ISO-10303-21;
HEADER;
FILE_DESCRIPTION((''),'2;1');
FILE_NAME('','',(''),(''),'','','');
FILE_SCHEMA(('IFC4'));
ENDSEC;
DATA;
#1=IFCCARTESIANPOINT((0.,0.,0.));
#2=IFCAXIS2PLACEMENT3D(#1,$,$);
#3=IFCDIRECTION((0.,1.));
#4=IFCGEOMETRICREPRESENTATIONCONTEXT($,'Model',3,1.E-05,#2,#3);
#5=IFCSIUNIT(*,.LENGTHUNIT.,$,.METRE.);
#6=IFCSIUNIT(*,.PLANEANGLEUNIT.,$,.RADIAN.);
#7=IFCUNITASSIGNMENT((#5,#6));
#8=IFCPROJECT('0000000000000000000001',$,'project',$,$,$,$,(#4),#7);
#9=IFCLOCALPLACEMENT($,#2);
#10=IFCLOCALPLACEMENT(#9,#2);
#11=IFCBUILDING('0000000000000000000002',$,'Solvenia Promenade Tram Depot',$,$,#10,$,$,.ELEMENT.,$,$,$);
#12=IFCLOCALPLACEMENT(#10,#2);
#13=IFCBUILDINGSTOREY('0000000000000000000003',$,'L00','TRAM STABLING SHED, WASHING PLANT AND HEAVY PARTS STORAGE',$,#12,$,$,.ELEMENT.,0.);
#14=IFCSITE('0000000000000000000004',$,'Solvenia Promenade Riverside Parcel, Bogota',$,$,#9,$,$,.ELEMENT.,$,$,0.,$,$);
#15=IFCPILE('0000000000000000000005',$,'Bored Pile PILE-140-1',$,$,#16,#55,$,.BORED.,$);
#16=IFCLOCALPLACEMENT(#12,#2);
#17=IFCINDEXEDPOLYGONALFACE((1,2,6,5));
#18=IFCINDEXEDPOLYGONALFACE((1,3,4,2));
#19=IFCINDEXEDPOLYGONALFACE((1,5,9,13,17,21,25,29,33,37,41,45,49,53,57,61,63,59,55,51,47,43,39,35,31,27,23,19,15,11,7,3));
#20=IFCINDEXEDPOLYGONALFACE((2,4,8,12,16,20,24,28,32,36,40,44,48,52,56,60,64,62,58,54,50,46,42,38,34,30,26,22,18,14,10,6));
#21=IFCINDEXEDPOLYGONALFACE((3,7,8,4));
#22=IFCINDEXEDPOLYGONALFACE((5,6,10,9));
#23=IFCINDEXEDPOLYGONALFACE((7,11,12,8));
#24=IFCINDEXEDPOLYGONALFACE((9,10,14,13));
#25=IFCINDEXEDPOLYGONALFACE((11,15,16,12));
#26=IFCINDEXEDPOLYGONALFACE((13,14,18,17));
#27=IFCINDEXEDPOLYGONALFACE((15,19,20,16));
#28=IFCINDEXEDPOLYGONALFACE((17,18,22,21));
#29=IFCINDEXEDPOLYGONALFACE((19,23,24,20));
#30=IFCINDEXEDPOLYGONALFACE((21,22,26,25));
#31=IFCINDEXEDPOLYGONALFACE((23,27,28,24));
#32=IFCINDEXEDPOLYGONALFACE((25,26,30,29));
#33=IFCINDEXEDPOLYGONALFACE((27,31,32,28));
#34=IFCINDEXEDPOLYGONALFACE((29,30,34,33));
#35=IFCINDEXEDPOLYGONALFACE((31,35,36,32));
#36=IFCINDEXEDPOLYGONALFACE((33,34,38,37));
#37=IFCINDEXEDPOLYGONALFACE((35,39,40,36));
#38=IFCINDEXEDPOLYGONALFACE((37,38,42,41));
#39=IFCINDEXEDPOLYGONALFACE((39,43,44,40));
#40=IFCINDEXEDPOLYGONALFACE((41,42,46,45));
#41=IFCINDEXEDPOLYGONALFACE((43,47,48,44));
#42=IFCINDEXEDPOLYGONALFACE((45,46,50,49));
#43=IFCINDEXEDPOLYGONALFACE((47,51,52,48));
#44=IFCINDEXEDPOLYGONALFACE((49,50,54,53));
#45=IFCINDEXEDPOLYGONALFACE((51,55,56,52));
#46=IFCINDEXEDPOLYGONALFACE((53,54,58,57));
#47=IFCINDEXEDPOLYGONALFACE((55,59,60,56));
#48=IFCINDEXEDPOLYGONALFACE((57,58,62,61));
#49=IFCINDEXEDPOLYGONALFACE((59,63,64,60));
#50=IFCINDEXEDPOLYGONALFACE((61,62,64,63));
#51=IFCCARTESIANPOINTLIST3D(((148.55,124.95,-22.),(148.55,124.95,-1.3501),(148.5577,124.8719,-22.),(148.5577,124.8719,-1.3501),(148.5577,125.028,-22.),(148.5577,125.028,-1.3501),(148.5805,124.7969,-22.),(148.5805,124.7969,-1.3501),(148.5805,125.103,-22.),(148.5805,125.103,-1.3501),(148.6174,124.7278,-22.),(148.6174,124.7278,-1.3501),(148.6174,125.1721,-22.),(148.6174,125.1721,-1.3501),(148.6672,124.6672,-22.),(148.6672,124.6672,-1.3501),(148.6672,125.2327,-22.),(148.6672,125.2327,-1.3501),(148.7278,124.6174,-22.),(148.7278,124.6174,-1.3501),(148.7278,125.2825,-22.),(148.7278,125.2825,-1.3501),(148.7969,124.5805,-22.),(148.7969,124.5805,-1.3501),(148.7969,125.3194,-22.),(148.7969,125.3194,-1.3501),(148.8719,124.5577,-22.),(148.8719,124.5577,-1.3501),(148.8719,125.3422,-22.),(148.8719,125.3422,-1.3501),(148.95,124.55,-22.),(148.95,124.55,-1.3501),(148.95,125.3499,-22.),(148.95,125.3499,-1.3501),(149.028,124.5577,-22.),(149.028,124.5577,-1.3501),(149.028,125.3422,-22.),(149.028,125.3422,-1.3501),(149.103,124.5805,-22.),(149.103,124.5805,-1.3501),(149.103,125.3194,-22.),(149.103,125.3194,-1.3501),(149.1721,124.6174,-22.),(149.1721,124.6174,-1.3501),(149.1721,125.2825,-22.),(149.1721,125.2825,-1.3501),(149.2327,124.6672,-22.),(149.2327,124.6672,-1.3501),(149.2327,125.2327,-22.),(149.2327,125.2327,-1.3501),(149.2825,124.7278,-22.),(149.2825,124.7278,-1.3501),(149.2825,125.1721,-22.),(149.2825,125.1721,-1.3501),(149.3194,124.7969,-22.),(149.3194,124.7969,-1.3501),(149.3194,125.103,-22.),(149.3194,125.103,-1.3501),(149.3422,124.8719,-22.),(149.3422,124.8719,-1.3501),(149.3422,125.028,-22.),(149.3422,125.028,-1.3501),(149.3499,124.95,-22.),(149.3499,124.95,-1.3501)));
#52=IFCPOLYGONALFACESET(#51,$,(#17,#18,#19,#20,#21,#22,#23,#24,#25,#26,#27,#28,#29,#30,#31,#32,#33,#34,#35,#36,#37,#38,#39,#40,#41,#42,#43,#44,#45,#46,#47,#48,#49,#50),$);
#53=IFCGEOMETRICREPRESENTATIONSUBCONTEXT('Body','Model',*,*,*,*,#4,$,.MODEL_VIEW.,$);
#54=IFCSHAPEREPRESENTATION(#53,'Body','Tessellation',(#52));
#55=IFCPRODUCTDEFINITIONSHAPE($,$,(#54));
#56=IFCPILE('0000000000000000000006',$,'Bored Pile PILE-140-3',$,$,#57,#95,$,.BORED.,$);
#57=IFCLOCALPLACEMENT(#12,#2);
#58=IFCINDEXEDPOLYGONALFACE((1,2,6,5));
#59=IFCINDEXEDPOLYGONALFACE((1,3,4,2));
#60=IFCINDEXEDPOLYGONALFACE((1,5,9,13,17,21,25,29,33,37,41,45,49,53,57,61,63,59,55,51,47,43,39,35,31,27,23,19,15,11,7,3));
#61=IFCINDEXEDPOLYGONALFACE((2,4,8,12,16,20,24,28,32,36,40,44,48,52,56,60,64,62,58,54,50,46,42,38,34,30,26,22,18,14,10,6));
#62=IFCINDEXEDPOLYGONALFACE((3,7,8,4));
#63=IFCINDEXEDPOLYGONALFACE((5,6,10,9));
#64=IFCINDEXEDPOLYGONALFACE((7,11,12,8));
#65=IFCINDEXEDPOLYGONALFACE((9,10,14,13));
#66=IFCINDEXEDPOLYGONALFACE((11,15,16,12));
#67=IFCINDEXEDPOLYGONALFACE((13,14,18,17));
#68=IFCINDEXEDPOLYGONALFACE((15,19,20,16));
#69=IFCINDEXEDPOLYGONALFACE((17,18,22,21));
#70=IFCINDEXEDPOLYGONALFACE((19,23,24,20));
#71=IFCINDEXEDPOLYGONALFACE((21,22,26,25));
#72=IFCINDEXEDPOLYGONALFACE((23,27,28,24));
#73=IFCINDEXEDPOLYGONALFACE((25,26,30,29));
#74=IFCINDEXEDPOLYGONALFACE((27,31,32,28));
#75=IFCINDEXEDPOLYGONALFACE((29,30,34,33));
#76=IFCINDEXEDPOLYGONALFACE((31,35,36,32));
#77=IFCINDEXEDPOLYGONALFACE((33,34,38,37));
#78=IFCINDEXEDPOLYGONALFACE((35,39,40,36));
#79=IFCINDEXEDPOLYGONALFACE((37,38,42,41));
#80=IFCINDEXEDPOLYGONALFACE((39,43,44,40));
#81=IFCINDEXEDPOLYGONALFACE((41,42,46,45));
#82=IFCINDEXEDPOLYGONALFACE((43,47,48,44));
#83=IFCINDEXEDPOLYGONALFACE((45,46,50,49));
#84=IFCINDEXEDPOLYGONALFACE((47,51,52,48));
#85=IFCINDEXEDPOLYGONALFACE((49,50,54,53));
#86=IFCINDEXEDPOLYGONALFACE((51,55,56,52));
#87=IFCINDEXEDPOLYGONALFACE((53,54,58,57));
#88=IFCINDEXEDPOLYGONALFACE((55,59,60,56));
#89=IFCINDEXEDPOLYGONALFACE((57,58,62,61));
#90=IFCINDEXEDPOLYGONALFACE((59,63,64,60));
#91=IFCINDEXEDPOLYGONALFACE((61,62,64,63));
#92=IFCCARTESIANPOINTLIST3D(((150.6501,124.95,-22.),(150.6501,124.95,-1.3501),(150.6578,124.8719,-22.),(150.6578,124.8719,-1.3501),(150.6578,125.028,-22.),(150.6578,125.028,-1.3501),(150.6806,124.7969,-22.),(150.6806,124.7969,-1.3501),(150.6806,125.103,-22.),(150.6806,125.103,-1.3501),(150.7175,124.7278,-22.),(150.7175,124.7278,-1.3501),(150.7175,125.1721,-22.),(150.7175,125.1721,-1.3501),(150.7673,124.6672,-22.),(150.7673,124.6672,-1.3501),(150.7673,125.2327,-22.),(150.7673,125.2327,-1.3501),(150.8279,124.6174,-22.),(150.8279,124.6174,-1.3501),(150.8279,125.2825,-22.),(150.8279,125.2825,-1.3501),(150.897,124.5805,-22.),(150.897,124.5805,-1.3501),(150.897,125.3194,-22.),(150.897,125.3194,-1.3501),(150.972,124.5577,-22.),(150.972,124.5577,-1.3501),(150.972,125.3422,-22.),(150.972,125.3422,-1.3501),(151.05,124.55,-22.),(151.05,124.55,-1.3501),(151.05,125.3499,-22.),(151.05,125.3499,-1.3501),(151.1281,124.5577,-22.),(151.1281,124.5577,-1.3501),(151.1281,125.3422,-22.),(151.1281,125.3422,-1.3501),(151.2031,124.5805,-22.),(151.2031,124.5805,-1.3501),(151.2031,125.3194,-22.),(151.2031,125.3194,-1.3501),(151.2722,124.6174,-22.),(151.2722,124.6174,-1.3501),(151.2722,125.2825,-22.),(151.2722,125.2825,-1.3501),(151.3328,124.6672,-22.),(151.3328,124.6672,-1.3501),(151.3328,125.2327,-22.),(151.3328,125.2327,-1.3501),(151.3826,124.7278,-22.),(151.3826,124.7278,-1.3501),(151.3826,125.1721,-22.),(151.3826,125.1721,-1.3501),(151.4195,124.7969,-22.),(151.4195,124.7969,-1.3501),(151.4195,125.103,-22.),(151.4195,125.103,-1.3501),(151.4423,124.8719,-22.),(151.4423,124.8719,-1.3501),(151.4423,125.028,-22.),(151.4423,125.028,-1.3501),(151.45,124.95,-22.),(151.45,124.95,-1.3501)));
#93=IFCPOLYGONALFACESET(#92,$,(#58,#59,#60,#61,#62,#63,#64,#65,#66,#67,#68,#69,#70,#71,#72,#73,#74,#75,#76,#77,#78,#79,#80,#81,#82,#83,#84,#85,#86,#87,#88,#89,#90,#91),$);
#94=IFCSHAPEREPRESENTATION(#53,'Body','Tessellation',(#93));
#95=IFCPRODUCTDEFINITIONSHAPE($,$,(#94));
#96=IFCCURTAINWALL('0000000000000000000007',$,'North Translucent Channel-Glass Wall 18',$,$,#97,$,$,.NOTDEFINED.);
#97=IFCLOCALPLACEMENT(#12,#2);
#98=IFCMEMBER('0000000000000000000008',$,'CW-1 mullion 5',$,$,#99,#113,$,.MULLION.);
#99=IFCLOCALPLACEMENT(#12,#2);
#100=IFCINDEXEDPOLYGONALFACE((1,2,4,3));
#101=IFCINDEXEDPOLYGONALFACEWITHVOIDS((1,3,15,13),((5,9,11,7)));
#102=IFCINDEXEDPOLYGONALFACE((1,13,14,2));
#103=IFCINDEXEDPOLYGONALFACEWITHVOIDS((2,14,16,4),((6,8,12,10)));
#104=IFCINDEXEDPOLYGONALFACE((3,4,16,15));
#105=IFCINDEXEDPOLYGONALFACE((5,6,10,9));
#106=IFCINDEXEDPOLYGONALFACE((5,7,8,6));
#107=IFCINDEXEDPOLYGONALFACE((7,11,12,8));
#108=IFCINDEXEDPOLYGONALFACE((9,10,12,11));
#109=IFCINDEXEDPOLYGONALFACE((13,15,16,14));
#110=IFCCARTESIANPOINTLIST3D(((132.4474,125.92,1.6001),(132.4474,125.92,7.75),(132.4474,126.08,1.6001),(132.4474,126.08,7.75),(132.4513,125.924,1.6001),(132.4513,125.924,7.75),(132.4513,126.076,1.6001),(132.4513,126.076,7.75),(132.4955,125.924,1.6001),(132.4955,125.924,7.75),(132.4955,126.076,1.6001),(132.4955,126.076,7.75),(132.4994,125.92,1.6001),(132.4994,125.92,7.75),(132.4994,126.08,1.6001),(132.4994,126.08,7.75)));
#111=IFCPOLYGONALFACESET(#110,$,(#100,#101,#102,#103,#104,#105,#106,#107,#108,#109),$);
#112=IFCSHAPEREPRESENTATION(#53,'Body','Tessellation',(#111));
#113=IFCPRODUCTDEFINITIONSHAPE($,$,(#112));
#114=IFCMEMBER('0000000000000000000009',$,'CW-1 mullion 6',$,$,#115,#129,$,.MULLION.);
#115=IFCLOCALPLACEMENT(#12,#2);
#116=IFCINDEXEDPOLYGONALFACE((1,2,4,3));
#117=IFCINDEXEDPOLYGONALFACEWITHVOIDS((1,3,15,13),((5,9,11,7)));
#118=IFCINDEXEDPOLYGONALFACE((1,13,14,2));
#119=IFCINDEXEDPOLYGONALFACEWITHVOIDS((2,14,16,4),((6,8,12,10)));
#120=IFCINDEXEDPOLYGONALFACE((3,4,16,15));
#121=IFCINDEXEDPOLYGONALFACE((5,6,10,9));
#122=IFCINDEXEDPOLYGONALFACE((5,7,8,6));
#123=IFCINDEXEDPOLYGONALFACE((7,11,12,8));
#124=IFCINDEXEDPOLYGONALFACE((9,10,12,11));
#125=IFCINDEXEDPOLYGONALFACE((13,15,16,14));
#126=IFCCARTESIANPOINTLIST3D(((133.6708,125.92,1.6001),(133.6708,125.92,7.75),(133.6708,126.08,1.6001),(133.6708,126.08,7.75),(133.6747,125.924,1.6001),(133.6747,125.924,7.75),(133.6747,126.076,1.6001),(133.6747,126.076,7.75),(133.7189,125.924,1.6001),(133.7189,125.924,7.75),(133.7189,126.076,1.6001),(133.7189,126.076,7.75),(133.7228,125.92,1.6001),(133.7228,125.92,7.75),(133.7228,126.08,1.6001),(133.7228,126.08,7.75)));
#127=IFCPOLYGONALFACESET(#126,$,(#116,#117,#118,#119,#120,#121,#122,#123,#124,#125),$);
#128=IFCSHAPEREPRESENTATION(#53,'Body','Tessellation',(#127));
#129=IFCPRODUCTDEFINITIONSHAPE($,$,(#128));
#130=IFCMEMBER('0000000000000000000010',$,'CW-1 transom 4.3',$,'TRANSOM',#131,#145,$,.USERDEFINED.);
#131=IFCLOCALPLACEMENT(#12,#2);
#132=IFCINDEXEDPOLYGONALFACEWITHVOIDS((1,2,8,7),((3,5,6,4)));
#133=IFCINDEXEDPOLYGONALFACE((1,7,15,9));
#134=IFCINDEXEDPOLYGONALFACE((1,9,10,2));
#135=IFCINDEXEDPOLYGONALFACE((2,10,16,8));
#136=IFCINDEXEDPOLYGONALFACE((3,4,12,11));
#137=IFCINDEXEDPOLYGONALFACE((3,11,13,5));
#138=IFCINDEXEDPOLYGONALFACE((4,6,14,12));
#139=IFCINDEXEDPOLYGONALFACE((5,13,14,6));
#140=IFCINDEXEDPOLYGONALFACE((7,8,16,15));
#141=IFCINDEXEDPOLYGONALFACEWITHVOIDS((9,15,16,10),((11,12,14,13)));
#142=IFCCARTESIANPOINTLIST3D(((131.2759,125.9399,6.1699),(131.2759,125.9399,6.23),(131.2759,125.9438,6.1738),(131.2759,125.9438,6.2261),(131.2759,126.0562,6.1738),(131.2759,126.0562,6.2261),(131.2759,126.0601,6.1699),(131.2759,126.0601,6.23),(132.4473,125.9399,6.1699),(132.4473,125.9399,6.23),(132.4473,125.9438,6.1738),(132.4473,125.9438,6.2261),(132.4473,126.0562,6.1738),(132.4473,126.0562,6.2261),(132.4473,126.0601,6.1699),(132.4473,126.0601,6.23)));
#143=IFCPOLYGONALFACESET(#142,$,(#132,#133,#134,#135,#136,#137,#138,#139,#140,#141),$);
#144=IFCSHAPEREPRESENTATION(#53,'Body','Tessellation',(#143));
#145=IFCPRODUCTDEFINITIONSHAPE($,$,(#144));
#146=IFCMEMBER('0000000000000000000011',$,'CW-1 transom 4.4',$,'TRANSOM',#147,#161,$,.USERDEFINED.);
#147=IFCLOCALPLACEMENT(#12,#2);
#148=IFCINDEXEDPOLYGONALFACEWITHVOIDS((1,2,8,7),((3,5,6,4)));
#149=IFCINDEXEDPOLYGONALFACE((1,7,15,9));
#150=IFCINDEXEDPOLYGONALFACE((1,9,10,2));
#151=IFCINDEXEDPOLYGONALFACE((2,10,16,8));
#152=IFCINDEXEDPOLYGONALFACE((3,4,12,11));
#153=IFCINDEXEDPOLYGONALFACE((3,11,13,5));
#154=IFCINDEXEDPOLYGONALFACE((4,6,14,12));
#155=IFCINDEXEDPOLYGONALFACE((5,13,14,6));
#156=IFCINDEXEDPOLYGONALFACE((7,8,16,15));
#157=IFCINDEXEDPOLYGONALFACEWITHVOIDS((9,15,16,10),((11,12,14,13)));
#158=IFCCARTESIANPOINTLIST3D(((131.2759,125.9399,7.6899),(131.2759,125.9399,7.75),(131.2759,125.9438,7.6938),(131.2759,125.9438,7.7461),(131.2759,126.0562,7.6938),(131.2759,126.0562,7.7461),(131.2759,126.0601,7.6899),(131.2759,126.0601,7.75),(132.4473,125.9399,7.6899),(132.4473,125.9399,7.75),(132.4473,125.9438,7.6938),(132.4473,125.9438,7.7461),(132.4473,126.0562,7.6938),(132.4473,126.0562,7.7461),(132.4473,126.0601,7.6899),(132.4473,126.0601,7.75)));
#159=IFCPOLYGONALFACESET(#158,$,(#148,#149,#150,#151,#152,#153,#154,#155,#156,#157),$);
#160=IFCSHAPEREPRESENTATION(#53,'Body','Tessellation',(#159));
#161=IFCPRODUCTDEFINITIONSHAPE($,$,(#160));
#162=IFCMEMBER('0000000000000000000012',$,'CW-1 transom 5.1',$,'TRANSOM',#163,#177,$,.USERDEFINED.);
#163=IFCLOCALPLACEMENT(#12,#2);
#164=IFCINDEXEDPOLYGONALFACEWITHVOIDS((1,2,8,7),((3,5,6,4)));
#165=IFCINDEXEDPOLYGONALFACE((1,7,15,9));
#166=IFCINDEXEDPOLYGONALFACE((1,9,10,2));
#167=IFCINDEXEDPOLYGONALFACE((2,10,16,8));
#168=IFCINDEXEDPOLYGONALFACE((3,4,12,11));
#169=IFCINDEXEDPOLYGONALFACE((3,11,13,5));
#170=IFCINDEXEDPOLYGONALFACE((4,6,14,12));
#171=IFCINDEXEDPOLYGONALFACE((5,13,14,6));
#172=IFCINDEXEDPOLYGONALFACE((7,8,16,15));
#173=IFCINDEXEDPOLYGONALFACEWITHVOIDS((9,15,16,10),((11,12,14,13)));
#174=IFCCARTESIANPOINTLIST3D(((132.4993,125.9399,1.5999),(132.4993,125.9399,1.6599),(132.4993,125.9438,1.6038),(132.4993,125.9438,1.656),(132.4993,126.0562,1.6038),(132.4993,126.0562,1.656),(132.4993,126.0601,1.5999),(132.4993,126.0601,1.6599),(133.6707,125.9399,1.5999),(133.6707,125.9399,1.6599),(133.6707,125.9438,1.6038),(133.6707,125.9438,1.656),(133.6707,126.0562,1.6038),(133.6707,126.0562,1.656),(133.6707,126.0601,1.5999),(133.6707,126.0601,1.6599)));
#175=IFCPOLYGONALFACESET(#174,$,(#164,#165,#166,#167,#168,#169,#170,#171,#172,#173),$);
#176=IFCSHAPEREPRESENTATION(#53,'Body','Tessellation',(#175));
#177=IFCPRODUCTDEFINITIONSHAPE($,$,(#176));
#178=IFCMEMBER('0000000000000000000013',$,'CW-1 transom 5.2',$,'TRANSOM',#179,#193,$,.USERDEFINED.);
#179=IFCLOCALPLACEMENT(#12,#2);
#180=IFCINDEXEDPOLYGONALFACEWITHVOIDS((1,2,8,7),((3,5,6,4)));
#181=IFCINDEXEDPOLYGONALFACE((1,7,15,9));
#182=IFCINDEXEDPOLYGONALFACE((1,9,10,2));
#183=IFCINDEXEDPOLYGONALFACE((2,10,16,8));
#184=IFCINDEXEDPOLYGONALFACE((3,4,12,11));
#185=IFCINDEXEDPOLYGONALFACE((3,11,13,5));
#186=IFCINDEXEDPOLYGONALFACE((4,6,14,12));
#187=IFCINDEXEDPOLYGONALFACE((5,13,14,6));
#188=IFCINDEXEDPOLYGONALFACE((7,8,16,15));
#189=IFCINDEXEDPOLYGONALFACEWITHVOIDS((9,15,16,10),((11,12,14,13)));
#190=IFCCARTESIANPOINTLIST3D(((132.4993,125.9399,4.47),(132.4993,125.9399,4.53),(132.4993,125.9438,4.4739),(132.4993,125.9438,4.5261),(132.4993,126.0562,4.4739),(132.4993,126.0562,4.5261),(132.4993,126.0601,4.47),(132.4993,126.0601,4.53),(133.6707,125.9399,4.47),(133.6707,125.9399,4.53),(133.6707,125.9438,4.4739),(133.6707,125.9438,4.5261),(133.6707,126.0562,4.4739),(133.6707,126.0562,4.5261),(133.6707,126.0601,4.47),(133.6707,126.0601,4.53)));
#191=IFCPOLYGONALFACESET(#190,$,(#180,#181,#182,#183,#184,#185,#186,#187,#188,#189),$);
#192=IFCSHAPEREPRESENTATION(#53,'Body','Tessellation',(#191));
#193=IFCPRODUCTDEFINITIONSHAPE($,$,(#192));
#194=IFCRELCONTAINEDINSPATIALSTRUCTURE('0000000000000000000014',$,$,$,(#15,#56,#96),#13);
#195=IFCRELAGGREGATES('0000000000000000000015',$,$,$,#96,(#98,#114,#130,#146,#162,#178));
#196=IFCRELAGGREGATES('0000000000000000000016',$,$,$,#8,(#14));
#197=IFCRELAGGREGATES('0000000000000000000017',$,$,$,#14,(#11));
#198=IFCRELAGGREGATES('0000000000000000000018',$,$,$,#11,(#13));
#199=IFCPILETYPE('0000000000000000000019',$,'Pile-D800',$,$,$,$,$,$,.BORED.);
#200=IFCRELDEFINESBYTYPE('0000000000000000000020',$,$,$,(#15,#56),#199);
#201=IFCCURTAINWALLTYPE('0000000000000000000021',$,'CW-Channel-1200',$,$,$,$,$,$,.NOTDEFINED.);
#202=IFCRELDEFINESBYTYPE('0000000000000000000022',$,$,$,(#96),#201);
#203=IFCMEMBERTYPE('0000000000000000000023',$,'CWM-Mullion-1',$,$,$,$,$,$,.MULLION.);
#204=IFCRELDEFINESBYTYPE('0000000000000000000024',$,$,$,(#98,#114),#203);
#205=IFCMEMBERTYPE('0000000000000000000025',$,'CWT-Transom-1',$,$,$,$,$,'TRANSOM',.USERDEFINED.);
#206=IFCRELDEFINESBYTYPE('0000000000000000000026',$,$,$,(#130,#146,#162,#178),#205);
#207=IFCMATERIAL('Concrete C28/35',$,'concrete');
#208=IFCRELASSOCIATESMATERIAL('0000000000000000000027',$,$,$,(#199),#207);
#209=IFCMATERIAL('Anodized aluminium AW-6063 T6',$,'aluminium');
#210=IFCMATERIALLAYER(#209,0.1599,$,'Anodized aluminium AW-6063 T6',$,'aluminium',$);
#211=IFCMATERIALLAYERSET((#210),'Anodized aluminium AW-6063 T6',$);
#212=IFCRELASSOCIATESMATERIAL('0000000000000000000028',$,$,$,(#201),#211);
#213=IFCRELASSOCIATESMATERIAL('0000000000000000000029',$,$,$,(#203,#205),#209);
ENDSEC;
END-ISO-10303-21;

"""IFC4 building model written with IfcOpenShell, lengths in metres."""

from ifc_helpers import new_model, si_unit, direction, frame, origin, origin_2d, place, context, subcontext, project, spatial, hollow_rectangle, circle, extrude, material, layer, layer_set, material_profile, profile_set, type_object, element, aggregate, save


model = new_model("IFC4")

# Units and contexts
model_context = context("Model", 3, precision=1e-05, world=origin(), true_north=direction((0.0, 1.0)))
body_context = subcontext(model_context, "Body", "Model", "MODEL_VIEW")
ifc_project = project(units=[si_unit("LENGTHUNIT", "METRE"), si_unit("PLANEANGLEUNIT", "RADIAN")], contexts=[model_context])

# Site, building, storey
site_placement = place(None, origin())
site = spatial("IfcSite", under=ifc_project, at=site_placement, Name="Solvenia Promenade Riverside Parcel, Bogota", CompositionType="ELEMENT", RefElevation=0.0)
building_placement = place(site_placement, origin())
building = spatial("IfcBuilding", under=site, at=building_placement, Name="Solvenia Promenade Tram Depot", CompositionType="ELEMENT")
storey_placement = place(building_placement, origin())
storey = spatial("IfcBuildingStorey", under=building, at=storey_placement, Name="L00", Description="TRAM STABLING SHED, WASHING PLANT AND HEAVY PARTS STORAGE", CompositionType="ELEMENT", Elevation=0.0)

# Piles
ifc_material_1 = material(Name="Concrete C28/35", Category="concrete")
ifc_material_profile_1 = material_profile(ifc_material_1, circle(Radius=0.3999, at=origin_2d()), Name="D800", Category="concrete")
ifc_profile_set_1 = profile_set([ifc_material_profile_1], Name="Concrete C28/35")
pile_type = type_object("IfcPileType", Name="Pile-D800", PredefinedType="BORED", material=ifc_profile_set_1)
for number, where, z_axis, x_axis, name in (
    (1, (148.95, 124.95, -1.3501), (0.0, 0.0, -1.0), (1.0, 0.0, 0.0), "Bored Pile PILE-140-1"),
    (2, (151.05, 124.95, -1.3501), (0.0, 0.0, -1.0), (1.0, 0.0, 0.0), "Bored Pile PILE-140-3"),
):
    element("IfcPile", number, at=place(storey_placement, frame(where, z_axis=z_axis, x_axis=x_axis)), inside=storey, type_object=pile_type, Name=name, PredefinedType="BORED", context=body_context, shape_type="SweptSolid", body=[
        extrude(circle(Radius=0.3999, at=origin_2d()), origin(), (0.0, 0.0, 1.0), 20.6499),
    ])

# Curtain wall, members
ifc_material_2 = material(Name="Anodized aluminium AW-6063 T6", Category="aluminium")
ifc_layer_1 = layer(ifc_material_2, 0.1599, Name="Anodized aluminium AW-6063 T6", Category="aluminium")
ifc_layer_set_1 = layer_set([ifc_layer_1], Name="Anodized aluminium AW-6063 T6")
curtain_wall_type = type_object("IfcCurtainWallType", Name="CW-Channel-1200", PredefinedType="NOTDEFINED", material=ifc_layer_set_1)
curtain_wall_placement = place(storey_placement, origin())
curtain_wall = element("IfcCurtainWall", 3, at=curtain_wall_placement, inside=storey, type_object=curtain_wall_type, Name="North Translucent Channel-Glass Wall 18", PredefinedType="NOTDEFINED")
ifc_material_profile_2 = material_profile(ifc_material_2, hollow_rectangle(XDim=0.1599, YDim=0.052, WallThickness=0.0039, at=origin_2d()), Name="ALU-M1", Category="aluminium")
ifc_profile_set_2 = profile_set([ifc_material_profile_2], Name="Anodized aluminium AW-6063 T6")
member_type_1 = type_object("IfcMemberType", Name="CWM-Mullion-1", PredefinedType="MULLION", material=ifc_profile_set_2)
member_1_placement = place(storey_placement, frame((132.4734, 126.0, 1.6001), z_axis=(0.0, 0.0, 1.0), x_axis=(0.0, 1.0, 0.0)))
member_1 = element("IfcMember", 4, at=member_1_placement, type_object=member_type_1, Name="CW-1 mullion 5", PredefinedType="MULLION", context=body_context, shape_type="SweptSolid", body=[
    extrude(hollow_rectangle(XDim=0.1599, YDim=0.052, WallThickness=0.0039, at=origin_2d()), origin(), (0.0, 0.0, 1.0), 6.1499),
])
member_2_placement = place(storey_placement, frame((133.6968, 126.0, 1.6001), z_axis=(0.0, 0.0, 1.0), x_axis=(0.0, 1.0, 0.0)))
member_2 = element("IfcMember", 5, at=member_2_placement, type_object=member_type_1, Name="CW-1 mullion 6", PredefinedType="MULLION", context=body_context, shape_type="SweptSolid", body=[
    extrude(hollow_rectangle(XDim=0.1599, YDim=0.052, WallThickness=0.0039, at=origin_2d()), origin(), (0.0, 0.0, 1.0), 6.1499),
])
ifc_material_profile_3 = material_profile(ifc_material_2, hollow_rectangle(XDim=0.1201, YDim=0.0601, WallThickness=0.0039, at=origin_2d()), Name="ALU-T1", Category="aluminium")
ifc_profile_set_3 = profile_set([ifc_material_profile_3], Name="Anodized aluminium AW-6063 T6")
member_type_2 = type_object("IfcMemberType", Name="CWT-Transom-1", ElementType="TRANSOM", PredefinedType="USERDEFINED", material=ifc_profile_set_3)
member_3_placement = place(storey_placement, frame((131.2759, 126.0, 6.2), z_axis=(1.0, 0.0, 0.0), x_axis=(0.0, 1.0, 0.0)))
member_3 = element("IfcMember", 6, at=member_3_placement, type_object=member_type_2, Name="CW-1 transom 4.3", ObjectType="TRANSOM", PredefinedType="USERDEFINED", context=body_context, shape_type="SweptSolid", body=[
    extrude(hollow_rectangle(XDim=0.1201, YDim=0.0601, WallThickness=0.0039, at=origin_2d()), origin(), (0.0, 0.0, 1.0), 1.1714),
])
member_4_placement = place(storey_placement, frame((131.2759, 126.0, 7.72), z_axis=(1.0, 0.0, 0.0), x_axis=(0.0, 1.0, 0.0)))
member_4 = element("IfcMember", 7, at=member_4_placement, type_object=member_type_2, Name="CW-1 transom 4.4", ObjectType="TRANSOM", PredefinedType="USERDEFINED", context=body_context, shape_type="SweptSolid", body=[
    extrude(hollow_rectangle(XDim=0.1201, YDim=0.0601, WallThickness=0.0039, at=origin_2d()), origin(), (0.0, 0.0, 1.0), 1.1714),
])
member_5_placement = place(storey_placement, frame((132.4993, 126.0, 1.6299), z_axis=(1.0, 0.0, 0.0), x_axis=(0.0, 1.0, 0.0)))
member_5 = element("IfcMember", 8, at=member_5_placement, type_object=member_type_2, Name="CW-1 transom 5.1", ObjectType="TRANSOM", PredefinedType="USERDEFINED", context=body_context, shape_type="SweptSolid", body=[
    extrude(hollow_rectangle(XDim=0.1201, YDim=0.0601, WallThickness=0.0039, at=origin_2d()), origin(), (0.0, 0.0, 1.0), 1.1714),
])
member_6_placement = place(storey_placement, frame((132.4993, 126.0, 4.5), z_axis=(1.0, 0.0, 0.0), x_axis=(0.0, 1.0, 0.0)))
member_6 = element("IfcMember", 9, at=member_6_placement, type_object=member_type_2, Name="CW-1 transom 5.2", ObjectType="TRANSOM", PredefinedType="USERDEFINED", context=body_context, shape_type="SweptSolid", body=[
    extrude(hollow_rectangle(XDim=0.1201, YDim=0.0601, WallThickness=0.0039, at=origin_2d()), origin(), (0.0, 0.0, 1.0), 1.1714),
])
aggregate(curtain_wall, [member_1, member_2, member_3, member_4, member_5, member_6])

save(model, "model.ifc")
